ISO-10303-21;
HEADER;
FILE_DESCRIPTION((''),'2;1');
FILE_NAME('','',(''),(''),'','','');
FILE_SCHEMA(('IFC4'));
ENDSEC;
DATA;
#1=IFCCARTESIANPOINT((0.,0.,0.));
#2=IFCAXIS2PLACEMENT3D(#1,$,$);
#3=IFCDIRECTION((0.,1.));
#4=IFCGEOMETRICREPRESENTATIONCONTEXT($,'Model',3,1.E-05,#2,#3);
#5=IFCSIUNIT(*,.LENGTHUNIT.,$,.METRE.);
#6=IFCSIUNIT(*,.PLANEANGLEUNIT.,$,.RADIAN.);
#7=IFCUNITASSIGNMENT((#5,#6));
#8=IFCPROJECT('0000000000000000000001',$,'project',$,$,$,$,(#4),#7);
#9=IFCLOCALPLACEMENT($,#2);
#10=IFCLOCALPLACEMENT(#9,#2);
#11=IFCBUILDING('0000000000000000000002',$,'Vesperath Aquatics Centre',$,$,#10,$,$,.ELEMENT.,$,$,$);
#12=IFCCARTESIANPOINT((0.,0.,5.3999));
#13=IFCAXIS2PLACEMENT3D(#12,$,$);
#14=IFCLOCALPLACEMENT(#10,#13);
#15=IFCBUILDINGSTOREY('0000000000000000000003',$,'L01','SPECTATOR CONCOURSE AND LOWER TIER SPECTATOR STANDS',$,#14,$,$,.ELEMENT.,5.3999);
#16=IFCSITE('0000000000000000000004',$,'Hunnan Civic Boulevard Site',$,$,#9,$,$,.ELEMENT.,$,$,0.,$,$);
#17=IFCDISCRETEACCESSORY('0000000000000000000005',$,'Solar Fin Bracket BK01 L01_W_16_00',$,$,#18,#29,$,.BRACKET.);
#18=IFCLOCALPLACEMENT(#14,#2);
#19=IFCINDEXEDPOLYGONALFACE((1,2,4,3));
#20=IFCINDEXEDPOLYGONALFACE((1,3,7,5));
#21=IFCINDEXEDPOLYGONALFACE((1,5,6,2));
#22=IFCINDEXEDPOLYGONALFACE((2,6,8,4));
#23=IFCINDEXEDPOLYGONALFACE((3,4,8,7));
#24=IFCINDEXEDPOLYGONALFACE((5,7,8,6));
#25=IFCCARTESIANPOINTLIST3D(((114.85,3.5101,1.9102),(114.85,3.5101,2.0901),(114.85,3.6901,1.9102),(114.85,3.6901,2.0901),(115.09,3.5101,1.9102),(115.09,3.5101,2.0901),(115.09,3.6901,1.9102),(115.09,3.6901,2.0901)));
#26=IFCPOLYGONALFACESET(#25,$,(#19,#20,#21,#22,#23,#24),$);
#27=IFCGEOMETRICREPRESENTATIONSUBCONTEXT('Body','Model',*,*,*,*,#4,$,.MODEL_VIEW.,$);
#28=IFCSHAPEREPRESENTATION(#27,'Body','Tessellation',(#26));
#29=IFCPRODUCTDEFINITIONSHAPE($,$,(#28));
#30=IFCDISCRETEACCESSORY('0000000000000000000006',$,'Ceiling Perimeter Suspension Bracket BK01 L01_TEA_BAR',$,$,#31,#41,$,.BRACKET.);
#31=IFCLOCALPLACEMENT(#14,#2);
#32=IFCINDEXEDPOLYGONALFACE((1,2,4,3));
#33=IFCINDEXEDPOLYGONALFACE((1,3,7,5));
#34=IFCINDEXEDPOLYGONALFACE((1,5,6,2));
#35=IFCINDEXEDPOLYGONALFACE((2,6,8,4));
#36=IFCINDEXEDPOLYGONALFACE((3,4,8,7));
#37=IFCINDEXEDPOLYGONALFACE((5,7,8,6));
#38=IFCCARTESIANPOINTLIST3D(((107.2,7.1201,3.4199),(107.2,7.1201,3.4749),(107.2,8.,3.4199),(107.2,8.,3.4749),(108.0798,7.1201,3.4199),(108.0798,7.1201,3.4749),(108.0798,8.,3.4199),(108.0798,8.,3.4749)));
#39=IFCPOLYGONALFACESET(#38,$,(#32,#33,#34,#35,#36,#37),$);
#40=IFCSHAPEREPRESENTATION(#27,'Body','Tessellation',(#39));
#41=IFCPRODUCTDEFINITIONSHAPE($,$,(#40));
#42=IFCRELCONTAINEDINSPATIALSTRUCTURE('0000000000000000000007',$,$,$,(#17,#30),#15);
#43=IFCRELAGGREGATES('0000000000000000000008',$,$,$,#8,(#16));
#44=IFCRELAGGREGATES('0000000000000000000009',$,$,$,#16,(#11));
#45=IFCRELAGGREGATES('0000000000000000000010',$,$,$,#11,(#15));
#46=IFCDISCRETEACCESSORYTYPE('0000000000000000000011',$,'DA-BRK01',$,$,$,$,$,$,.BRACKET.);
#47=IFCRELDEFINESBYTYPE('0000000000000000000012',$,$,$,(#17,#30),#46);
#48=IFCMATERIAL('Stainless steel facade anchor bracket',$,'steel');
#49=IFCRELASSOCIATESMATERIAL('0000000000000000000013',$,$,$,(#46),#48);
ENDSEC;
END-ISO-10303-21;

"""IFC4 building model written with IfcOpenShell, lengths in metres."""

from ifc_helpers import new_model, si_unit, direction, frame, origin, origin_2d, place, context, subcontext, project, spatial, rectangle, extrude, material, type_object, element, save


model = new_model("IFC4")

# Units and contexts
model_context = context("Model", 3, precision=1e-05, world=origin(), true_north=direction((0.0, 1.0)))
body_context = subcontext(model_context, "Body", "Model", "MODEL_VIEW")
ifc_project = project(units=[si_unit("LENGTHUNIT", "METRE"), si_unit("PLANEANGLEUNIT", "RADIAN")], contexts=[model_context])

# Site, building, storey
site_placement = place(None, origin())
site = spatial("IfcSite", under=ifc_project, at=site_placement, Name="Hunnan Civic Boulevard Site", CompositionType="ELEMENT", RefElevation=0.0)
building_placement = place(site_placement, origin())
building = spatial("IfcBuilding", under=site, at=building_placement, Name="Vesperath Aquatics Centre", CompositionType="ELEMENT")
storey_placement = place(building_placement, frame((0.0, 0.0, 5.3999)))
storey = spatial("IfcBuildingStorey", under=building, at=storey_placement, Name="L01", Description="SPECTATOR CONCOURSE AND LOWER TIER SPECTATOR STANDS", CompositionType="ELEMENT", Elevation=5.3999)

# Discrete accessories
ifc_material_1 = material(Name="Stainless steel facade anchor bracket", Category="steel")
discrete_accessory_type = type_object("IfcDiscreteAccessoryType", Name="DA-BRK01", PredefinedType="BRACKET", material=ifc_material_1)
discrete_accessory_1_placement = place(storey_placement, frame((114.97, 3.6001, 1.9102), z_axis=(0.0, 0.0, 1.0), x_axis=(1.0, 0.0, 0.0)))
element("IfcDiscreteAccessory", 1, at=discrete_accessory_1_placement, inside=storey, type_object=discrete_accessory_type, Name="Solar Fin Bracket BK01 L01_W_16_00", PredefinedType="BRACKET", context=body_context, shape_type="SweptSolid", body=[
    extrude(rectangle(XDim=0.24, YDim=0.1799, at=origin_2d()), origin(), (0.0, 0.0, 1.0), 0.1799),
])
discrete_accessory_2_placement = place(storey_placement, frame((107.6399, 7.5601, 3.4199), z_axis=(0.0, 0.0, 1.0), x_axis=(1.0, 0.0, 0.0)))
element("IfcDiscreteAccessory", 2, at=discrete_accessory_2_placement, inside=storey, type_object=discrete_accessory_type, Name="Ceiling Perimeter Suspension Bracket BK01 L01_TEA_BAR", PredefinedType="BRACKET", context=body_context, shape_type="SweptSolid", body=[
    extrude(rectangle(XDim=0.8799, YDim=0.8799, at=origin_2d()), origin(), (0.0, 0.0, 1.0), 0.0549),
])

save(model, "model.ifc")
